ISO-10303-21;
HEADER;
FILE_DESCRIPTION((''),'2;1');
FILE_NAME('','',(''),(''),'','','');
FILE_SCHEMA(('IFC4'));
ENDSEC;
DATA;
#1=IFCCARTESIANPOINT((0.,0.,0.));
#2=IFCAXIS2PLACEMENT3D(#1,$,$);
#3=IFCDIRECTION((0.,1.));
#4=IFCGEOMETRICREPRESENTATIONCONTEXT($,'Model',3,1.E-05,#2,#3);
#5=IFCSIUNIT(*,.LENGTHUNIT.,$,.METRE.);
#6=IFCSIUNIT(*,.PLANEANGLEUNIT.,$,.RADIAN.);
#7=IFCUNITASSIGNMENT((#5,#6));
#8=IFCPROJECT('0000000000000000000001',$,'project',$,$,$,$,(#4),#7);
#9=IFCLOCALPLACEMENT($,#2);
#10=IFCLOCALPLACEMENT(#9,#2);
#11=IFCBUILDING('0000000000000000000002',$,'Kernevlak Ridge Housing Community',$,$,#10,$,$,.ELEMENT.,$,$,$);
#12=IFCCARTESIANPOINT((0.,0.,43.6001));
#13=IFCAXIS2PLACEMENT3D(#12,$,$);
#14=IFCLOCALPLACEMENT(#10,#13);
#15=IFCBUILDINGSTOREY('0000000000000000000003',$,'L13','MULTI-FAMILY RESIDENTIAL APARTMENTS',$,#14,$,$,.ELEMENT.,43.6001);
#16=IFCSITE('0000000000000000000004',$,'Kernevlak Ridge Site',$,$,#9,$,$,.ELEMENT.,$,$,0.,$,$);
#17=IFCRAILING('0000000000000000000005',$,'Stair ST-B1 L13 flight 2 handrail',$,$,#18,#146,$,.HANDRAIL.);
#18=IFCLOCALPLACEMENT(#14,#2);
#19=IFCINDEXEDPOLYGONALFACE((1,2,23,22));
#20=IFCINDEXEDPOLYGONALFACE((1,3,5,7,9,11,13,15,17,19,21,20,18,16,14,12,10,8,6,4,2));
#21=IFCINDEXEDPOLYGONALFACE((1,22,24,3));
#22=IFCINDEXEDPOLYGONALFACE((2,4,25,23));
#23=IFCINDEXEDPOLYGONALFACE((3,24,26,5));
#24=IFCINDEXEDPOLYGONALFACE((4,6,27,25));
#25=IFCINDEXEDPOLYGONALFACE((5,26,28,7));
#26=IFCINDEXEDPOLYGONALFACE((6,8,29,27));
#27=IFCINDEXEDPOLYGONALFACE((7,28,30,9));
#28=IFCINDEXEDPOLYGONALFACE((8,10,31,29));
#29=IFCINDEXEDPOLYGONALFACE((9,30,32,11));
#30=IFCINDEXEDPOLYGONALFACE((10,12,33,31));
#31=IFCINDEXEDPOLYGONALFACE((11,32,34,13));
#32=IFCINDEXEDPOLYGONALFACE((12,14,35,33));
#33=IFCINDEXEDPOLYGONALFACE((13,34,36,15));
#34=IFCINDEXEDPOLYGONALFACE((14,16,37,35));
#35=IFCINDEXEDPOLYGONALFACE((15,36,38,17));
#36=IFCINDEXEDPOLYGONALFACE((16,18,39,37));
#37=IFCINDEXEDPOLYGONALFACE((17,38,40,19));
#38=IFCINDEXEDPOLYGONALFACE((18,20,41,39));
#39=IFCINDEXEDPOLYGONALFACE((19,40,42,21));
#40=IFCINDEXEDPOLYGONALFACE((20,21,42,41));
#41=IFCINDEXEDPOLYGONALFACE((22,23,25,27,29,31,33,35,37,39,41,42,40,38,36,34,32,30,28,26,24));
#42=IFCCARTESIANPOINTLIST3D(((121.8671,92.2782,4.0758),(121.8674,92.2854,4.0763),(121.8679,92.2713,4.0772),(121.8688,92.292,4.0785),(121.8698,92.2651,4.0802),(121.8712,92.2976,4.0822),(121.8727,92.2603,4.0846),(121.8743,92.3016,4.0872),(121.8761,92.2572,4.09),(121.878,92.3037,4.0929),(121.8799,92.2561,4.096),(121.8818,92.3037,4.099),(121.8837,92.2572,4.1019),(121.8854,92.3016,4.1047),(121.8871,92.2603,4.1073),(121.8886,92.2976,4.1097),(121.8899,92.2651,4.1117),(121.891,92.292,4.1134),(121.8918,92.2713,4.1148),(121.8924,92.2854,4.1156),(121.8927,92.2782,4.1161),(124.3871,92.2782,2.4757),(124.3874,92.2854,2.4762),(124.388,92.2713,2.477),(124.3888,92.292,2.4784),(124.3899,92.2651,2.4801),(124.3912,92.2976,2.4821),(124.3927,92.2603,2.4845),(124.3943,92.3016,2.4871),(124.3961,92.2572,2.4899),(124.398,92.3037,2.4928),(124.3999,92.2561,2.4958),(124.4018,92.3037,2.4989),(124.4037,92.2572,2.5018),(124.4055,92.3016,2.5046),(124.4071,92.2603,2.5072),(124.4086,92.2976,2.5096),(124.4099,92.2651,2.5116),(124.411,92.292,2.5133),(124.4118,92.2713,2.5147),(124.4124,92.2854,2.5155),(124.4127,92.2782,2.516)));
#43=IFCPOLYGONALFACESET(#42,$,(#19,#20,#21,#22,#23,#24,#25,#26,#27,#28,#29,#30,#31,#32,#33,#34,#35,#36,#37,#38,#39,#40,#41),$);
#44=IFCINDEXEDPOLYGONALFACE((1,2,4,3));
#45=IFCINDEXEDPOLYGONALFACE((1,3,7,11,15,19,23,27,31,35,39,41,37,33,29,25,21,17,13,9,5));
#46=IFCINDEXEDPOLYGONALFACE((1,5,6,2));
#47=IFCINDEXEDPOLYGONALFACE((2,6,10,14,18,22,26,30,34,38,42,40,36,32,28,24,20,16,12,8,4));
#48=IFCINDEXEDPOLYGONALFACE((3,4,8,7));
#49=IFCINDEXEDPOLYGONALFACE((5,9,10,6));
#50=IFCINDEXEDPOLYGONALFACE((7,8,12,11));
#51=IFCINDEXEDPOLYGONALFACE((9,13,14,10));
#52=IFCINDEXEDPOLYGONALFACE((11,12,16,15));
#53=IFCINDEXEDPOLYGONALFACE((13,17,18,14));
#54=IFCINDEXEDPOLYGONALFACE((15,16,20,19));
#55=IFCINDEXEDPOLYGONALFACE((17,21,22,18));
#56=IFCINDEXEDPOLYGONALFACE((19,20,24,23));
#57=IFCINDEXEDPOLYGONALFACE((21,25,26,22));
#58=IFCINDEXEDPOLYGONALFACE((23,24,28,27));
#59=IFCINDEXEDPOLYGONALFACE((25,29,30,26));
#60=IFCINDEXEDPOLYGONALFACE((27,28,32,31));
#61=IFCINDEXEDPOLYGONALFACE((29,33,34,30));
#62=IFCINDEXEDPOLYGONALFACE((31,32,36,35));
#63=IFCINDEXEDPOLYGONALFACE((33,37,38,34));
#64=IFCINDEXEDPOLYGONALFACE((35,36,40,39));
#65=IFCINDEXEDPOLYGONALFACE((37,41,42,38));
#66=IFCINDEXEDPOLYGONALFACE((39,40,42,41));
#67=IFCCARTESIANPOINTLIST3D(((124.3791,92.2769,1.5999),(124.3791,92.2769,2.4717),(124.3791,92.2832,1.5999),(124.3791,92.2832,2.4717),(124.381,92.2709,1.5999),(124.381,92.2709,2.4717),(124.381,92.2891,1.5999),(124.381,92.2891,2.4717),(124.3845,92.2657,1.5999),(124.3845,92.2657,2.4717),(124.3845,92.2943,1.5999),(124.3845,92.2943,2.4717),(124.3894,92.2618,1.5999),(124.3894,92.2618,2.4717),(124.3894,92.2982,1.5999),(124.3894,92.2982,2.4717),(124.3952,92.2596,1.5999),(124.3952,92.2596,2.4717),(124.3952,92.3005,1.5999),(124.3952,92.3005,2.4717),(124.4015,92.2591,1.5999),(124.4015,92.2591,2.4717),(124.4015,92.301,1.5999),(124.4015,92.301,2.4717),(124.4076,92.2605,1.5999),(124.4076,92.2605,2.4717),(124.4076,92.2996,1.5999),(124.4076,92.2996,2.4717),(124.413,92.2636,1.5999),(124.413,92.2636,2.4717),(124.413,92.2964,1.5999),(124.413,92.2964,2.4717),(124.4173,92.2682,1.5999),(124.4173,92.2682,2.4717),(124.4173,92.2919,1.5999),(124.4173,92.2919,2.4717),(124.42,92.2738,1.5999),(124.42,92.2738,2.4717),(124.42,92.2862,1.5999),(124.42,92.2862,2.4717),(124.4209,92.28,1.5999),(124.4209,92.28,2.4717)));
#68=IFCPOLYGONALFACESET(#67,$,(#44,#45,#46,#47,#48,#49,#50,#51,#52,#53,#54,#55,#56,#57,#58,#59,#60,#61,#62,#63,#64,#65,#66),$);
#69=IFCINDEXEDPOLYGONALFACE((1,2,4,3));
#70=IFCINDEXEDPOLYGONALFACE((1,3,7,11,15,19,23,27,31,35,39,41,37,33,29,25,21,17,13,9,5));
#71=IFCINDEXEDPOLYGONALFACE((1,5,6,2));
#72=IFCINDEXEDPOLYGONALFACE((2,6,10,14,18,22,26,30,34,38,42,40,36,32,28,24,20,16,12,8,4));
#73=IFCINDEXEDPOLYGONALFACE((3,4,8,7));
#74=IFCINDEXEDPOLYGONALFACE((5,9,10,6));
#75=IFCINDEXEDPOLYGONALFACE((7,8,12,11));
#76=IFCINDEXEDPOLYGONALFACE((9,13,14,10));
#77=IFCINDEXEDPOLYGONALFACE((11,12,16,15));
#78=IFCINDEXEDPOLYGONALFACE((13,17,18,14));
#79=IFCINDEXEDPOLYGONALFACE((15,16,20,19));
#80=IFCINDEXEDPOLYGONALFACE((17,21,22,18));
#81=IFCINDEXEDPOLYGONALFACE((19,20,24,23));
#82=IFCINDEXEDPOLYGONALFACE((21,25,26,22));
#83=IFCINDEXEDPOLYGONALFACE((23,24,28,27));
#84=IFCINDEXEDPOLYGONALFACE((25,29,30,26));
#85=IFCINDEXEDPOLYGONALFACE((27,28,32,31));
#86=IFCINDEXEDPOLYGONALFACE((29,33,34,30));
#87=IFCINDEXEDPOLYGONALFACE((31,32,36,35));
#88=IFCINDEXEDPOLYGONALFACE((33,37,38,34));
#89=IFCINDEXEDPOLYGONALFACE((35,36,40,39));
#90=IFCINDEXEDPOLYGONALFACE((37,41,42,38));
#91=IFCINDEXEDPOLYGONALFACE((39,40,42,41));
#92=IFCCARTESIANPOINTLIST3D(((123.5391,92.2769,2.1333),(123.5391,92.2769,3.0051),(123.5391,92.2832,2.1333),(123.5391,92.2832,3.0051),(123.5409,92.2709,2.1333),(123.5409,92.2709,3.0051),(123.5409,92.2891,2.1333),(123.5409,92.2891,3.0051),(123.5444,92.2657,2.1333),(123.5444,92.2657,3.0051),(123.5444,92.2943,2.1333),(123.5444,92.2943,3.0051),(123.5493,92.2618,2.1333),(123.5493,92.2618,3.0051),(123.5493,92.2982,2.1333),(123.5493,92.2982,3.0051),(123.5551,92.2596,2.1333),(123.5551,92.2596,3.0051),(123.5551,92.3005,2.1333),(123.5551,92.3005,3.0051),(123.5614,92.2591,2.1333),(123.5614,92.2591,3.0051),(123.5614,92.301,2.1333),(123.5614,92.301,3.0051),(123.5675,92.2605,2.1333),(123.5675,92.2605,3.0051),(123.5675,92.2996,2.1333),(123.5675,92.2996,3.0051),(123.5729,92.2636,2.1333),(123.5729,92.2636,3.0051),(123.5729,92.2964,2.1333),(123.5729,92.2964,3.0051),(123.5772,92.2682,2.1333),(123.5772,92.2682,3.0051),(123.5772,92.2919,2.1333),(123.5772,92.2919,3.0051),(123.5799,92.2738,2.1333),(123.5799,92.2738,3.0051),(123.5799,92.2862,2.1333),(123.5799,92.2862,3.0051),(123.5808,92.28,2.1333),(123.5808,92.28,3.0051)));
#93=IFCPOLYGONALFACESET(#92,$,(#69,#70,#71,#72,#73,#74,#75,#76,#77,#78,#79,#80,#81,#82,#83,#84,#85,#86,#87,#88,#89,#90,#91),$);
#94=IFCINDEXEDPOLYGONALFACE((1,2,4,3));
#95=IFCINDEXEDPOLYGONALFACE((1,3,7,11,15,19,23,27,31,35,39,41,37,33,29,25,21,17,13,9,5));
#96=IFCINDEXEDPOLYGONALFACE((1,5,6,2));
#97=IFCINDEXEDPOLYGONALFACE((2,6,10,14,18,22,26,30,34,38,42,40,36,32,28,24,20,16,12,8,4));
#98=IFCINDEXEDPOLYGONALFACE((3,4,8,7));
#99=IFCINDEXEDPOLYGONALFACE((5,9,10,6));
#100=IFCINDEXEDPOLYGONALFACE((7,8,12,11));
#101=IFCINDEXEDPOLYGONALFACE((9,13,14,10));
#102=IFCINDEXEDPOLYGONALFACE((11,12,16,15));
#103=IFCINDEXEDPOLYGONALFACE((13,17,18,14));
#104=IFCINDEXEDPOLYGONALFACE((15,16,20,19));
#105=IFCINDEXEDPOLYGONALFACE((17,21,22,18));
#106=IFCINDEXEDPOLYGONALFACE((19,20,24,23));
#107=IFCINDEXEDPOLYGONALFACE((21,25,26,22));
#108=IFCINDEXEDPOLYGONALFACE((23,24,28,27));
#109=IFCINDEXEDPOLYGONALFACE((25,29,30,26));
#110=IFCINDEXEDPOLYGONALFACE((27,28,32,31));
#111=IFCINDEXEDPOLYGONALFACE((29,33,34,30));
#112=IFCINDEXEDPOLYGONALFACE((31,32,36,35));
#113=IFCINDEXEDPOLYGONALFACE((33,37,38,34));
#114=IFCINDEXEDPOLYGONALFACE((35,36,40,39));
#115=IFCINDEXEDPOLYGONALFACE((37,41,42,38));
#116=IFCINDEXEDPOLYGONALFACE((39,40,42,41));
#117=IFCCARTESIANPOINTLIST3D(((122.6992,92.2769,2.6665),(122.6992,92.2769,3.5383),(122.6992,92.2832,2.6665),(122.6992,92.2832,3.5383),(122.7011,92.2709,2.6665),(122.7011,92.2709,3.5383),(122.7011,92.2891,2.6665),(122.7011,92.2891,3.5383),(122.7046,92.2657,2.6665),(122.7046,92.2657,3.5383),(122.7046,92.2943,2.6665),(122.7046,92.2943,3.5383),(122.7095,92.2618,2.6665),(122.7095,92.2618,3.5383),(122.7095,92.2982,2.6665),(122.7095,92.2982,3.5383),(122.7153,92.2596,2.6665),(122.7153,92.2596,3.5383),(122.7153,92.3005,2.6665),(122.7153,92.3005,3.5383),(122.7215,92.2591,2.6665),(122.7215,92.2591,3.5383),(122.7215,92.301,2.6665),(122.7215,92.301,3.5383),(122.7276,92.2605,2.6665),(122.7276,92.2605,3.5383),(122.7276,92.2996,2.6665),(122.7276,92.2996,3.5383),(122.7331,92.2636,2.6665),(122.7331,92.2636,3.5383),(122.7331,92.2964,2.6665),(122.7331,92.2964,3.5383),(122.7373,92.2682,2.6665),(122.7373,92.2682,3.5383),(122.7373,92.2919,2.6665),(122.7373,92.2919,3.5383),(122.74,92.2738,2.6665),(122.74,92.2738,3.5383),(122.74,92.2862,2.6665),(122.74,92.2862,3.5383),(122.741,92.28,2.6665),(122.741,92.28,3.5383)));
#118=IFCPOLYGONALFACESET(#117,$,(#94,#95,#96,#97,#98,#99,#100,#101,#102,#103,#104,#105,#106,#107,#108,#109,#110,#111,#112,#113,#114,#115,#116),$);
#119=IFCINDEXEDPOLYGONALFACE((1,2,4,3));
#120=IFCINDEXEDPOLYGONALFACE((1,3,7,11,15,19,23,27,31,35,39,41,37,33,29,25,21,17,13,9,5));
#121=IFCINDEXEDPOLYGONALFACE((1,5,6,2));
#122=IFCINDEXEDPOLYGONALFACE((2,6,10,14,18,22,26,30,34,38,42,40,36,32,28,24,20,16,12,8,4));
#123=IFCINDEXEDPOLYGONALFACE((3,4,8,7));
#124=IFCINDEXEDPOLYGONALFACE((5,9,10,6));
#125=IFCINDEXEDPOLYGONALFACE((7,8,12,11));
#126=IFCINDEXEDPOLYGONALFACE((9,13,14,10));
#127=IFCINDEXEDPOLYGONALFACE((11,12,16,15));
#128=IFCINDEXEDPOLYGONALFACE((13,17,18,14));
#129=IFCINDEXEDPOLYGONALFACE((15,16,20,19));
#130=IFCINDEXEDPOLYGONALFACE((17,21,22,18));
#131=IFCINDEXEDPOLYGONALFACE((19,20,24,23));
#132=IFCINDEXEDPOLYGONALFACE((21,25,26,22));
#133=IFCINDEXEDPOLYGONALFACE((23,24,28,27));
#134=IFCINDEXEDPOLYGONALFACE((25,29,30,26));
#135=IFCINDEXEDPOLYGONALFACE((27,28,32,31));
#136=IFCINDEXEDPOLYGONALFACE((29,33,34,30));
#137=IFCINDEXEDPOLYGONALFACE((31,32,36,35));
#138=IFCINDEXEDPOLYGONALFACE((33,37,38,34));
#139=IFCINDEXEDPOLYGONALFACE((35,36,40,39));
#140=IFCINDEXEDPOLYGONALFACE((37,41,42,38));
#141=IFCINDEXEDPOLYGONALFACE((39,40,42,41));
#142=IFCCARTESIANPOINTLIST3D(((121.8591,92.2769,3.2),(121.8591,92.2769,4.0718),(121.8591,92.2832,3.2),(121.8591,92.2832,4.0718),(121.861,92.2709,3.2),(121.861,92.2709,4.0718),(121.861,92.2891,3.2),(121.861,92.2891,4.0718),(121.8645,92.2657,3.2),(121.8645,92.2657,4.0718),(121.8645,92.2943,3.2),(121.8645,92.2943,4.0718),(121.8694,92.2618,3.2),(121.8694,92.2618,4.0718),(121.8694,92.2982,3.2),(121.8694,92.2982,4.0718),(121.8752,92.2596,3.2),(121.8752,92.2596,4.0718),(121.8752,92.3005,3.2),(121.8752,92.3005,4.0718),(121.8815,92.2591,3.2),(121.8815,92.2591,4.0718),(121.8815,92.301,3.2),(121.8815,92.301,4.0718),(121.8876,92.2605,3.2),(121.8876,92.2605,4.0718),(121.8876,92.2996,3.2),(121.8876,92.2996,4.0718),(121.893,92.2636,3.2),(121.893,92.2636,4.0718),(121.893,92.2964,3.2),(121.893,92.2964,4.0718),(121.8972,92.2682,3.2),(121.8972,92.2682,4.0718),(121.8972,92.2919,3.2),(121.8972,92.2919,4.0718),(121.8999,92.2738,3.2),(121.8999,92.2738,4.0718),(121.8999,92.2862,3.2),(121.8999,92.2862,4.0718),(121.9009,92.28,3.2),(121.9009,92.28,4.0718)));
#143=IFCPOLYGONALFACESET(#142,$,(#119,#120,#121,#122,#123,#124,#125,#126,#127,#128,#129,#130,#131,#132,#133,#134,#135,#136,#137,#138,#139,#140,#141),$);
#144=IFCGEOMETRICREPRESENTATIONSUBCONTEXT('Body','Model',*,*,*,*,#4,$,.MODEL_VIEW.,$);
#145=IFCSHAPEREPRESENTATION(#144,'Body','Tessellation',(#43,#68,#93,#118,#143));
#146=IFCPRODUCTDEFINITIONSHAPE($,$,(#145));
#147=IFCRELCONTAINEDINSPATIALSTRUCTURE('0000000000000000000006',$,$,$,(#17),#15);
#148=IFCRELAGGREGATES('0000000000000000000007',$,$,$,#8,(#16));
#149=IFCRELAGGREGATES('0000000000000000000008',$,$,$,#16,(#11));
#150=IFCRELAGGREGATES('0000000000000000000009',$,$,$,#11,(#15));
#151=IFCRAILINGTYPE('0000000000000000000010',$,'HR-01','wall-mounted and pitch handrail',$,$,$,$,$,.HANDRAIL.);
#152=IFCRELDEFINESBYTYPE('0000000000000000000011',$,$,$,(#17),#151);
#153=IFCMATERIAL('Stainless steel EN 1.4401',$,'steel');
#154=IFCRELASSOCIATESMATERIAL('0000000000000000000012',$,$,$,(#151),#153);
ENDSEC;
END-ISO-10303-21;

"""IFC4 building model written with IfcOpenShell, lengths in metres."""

from ifc_helpers import new_model, si_unit, direction, frame, origin, origin_2d, place, context, subcontext, project, spatial, circle, extrude, material, type_object, element, save


model = new_model("IFC4")

# Units and contexts
model_context = context("Model", 3, precision=1e-05, world=origin(), true_north=direction((0.0, 1.0)))
body_context = subcontext(model_context, "Body", "Model", "MODEL_VIEW")
ifc_project = project(units=[si_unit("LENGTHUNIT", "METRE"), si_unit("PLANEANGLEUNIT", "RADIAN")], contexts=[model_context])

# Site, building, storey
site_placement = place(None, origin())
site = spatial("IfcSite", under=ifc_project, at=site_placement, Name="Kernevlak Ridge Site", CompositionType="ELEMENT", RefElevation=0.0)
building_placement = place(site_placement, origin())
building = spatial("IfcBuilding", under=site, at=building_placement, Name="Kernevlak Ridge Housing Community", CompositionType="ELEMENT")
storey_placement = place(building_placement, frame((0.0, 0.0, 43.6001)))
storey = spatial("IfcBuildingStorey", under=building, at=storey_placement, Name="L13", Description="MULTI-FAMILY RESIDENTIAL APARTMENTS", CompositionType="ELEMENT", Elevation=43.6001)

# Shared definitions
ifc_material_1 = material(Name="Stainless steel EN 1.4401", Category="steel")

# Railing
railing_type = type_object("IfcRailingType", Name="HR-01", Description="wall-mounted and pitch handrail", PredefinedType="HANDRAIL", material=ifc_material_1)
railing_placement = place(storey_placement, frame((124.3999, 92.28, 1.5999)))
element("IfcRailing", 1, at=railing_placement, inside=storey, type_object=railing_type, Name="Stair ST-B1 L13 flight 2 handrail", PredefinedType="HANDRAIL", context=body_context, shape_type="SweptSolid", body=[
    extrude(circle(Radius=0.0239, at=origin_2d()), frame((0.0, 0.0, 0.896), z_axis=(-0.8442, 0.0, 0.536028), x_axis=(0.0, -1.0, 0.0)), (0.0, 0.0, 1.0), 2.9851),
    extrude(circle(Radius=0.021, at=origin_2d()), origin(), (0.0, 0.0, 1.0), 0.8718),
    extrude(circle(Radius=0.021, at=origin_2d()), frame((-0.8401, 0.0, 0.5334)), (0.0, 0.0, 1.0), 0.8718),
    extrude(circle(Radius=0.021, at=origin_2d()), frame((-1.6799, 0.0, 1.0667)), (0.0, 0.0, 1.0), 0.8718),
    extrude(circle(Radius=0.021, at=origin_2d()), frame((-2.52, 0.0, 1.6001)), (0.0, 0.0, 1.0), 0.8718),
])

save(model, "model.ifc")
